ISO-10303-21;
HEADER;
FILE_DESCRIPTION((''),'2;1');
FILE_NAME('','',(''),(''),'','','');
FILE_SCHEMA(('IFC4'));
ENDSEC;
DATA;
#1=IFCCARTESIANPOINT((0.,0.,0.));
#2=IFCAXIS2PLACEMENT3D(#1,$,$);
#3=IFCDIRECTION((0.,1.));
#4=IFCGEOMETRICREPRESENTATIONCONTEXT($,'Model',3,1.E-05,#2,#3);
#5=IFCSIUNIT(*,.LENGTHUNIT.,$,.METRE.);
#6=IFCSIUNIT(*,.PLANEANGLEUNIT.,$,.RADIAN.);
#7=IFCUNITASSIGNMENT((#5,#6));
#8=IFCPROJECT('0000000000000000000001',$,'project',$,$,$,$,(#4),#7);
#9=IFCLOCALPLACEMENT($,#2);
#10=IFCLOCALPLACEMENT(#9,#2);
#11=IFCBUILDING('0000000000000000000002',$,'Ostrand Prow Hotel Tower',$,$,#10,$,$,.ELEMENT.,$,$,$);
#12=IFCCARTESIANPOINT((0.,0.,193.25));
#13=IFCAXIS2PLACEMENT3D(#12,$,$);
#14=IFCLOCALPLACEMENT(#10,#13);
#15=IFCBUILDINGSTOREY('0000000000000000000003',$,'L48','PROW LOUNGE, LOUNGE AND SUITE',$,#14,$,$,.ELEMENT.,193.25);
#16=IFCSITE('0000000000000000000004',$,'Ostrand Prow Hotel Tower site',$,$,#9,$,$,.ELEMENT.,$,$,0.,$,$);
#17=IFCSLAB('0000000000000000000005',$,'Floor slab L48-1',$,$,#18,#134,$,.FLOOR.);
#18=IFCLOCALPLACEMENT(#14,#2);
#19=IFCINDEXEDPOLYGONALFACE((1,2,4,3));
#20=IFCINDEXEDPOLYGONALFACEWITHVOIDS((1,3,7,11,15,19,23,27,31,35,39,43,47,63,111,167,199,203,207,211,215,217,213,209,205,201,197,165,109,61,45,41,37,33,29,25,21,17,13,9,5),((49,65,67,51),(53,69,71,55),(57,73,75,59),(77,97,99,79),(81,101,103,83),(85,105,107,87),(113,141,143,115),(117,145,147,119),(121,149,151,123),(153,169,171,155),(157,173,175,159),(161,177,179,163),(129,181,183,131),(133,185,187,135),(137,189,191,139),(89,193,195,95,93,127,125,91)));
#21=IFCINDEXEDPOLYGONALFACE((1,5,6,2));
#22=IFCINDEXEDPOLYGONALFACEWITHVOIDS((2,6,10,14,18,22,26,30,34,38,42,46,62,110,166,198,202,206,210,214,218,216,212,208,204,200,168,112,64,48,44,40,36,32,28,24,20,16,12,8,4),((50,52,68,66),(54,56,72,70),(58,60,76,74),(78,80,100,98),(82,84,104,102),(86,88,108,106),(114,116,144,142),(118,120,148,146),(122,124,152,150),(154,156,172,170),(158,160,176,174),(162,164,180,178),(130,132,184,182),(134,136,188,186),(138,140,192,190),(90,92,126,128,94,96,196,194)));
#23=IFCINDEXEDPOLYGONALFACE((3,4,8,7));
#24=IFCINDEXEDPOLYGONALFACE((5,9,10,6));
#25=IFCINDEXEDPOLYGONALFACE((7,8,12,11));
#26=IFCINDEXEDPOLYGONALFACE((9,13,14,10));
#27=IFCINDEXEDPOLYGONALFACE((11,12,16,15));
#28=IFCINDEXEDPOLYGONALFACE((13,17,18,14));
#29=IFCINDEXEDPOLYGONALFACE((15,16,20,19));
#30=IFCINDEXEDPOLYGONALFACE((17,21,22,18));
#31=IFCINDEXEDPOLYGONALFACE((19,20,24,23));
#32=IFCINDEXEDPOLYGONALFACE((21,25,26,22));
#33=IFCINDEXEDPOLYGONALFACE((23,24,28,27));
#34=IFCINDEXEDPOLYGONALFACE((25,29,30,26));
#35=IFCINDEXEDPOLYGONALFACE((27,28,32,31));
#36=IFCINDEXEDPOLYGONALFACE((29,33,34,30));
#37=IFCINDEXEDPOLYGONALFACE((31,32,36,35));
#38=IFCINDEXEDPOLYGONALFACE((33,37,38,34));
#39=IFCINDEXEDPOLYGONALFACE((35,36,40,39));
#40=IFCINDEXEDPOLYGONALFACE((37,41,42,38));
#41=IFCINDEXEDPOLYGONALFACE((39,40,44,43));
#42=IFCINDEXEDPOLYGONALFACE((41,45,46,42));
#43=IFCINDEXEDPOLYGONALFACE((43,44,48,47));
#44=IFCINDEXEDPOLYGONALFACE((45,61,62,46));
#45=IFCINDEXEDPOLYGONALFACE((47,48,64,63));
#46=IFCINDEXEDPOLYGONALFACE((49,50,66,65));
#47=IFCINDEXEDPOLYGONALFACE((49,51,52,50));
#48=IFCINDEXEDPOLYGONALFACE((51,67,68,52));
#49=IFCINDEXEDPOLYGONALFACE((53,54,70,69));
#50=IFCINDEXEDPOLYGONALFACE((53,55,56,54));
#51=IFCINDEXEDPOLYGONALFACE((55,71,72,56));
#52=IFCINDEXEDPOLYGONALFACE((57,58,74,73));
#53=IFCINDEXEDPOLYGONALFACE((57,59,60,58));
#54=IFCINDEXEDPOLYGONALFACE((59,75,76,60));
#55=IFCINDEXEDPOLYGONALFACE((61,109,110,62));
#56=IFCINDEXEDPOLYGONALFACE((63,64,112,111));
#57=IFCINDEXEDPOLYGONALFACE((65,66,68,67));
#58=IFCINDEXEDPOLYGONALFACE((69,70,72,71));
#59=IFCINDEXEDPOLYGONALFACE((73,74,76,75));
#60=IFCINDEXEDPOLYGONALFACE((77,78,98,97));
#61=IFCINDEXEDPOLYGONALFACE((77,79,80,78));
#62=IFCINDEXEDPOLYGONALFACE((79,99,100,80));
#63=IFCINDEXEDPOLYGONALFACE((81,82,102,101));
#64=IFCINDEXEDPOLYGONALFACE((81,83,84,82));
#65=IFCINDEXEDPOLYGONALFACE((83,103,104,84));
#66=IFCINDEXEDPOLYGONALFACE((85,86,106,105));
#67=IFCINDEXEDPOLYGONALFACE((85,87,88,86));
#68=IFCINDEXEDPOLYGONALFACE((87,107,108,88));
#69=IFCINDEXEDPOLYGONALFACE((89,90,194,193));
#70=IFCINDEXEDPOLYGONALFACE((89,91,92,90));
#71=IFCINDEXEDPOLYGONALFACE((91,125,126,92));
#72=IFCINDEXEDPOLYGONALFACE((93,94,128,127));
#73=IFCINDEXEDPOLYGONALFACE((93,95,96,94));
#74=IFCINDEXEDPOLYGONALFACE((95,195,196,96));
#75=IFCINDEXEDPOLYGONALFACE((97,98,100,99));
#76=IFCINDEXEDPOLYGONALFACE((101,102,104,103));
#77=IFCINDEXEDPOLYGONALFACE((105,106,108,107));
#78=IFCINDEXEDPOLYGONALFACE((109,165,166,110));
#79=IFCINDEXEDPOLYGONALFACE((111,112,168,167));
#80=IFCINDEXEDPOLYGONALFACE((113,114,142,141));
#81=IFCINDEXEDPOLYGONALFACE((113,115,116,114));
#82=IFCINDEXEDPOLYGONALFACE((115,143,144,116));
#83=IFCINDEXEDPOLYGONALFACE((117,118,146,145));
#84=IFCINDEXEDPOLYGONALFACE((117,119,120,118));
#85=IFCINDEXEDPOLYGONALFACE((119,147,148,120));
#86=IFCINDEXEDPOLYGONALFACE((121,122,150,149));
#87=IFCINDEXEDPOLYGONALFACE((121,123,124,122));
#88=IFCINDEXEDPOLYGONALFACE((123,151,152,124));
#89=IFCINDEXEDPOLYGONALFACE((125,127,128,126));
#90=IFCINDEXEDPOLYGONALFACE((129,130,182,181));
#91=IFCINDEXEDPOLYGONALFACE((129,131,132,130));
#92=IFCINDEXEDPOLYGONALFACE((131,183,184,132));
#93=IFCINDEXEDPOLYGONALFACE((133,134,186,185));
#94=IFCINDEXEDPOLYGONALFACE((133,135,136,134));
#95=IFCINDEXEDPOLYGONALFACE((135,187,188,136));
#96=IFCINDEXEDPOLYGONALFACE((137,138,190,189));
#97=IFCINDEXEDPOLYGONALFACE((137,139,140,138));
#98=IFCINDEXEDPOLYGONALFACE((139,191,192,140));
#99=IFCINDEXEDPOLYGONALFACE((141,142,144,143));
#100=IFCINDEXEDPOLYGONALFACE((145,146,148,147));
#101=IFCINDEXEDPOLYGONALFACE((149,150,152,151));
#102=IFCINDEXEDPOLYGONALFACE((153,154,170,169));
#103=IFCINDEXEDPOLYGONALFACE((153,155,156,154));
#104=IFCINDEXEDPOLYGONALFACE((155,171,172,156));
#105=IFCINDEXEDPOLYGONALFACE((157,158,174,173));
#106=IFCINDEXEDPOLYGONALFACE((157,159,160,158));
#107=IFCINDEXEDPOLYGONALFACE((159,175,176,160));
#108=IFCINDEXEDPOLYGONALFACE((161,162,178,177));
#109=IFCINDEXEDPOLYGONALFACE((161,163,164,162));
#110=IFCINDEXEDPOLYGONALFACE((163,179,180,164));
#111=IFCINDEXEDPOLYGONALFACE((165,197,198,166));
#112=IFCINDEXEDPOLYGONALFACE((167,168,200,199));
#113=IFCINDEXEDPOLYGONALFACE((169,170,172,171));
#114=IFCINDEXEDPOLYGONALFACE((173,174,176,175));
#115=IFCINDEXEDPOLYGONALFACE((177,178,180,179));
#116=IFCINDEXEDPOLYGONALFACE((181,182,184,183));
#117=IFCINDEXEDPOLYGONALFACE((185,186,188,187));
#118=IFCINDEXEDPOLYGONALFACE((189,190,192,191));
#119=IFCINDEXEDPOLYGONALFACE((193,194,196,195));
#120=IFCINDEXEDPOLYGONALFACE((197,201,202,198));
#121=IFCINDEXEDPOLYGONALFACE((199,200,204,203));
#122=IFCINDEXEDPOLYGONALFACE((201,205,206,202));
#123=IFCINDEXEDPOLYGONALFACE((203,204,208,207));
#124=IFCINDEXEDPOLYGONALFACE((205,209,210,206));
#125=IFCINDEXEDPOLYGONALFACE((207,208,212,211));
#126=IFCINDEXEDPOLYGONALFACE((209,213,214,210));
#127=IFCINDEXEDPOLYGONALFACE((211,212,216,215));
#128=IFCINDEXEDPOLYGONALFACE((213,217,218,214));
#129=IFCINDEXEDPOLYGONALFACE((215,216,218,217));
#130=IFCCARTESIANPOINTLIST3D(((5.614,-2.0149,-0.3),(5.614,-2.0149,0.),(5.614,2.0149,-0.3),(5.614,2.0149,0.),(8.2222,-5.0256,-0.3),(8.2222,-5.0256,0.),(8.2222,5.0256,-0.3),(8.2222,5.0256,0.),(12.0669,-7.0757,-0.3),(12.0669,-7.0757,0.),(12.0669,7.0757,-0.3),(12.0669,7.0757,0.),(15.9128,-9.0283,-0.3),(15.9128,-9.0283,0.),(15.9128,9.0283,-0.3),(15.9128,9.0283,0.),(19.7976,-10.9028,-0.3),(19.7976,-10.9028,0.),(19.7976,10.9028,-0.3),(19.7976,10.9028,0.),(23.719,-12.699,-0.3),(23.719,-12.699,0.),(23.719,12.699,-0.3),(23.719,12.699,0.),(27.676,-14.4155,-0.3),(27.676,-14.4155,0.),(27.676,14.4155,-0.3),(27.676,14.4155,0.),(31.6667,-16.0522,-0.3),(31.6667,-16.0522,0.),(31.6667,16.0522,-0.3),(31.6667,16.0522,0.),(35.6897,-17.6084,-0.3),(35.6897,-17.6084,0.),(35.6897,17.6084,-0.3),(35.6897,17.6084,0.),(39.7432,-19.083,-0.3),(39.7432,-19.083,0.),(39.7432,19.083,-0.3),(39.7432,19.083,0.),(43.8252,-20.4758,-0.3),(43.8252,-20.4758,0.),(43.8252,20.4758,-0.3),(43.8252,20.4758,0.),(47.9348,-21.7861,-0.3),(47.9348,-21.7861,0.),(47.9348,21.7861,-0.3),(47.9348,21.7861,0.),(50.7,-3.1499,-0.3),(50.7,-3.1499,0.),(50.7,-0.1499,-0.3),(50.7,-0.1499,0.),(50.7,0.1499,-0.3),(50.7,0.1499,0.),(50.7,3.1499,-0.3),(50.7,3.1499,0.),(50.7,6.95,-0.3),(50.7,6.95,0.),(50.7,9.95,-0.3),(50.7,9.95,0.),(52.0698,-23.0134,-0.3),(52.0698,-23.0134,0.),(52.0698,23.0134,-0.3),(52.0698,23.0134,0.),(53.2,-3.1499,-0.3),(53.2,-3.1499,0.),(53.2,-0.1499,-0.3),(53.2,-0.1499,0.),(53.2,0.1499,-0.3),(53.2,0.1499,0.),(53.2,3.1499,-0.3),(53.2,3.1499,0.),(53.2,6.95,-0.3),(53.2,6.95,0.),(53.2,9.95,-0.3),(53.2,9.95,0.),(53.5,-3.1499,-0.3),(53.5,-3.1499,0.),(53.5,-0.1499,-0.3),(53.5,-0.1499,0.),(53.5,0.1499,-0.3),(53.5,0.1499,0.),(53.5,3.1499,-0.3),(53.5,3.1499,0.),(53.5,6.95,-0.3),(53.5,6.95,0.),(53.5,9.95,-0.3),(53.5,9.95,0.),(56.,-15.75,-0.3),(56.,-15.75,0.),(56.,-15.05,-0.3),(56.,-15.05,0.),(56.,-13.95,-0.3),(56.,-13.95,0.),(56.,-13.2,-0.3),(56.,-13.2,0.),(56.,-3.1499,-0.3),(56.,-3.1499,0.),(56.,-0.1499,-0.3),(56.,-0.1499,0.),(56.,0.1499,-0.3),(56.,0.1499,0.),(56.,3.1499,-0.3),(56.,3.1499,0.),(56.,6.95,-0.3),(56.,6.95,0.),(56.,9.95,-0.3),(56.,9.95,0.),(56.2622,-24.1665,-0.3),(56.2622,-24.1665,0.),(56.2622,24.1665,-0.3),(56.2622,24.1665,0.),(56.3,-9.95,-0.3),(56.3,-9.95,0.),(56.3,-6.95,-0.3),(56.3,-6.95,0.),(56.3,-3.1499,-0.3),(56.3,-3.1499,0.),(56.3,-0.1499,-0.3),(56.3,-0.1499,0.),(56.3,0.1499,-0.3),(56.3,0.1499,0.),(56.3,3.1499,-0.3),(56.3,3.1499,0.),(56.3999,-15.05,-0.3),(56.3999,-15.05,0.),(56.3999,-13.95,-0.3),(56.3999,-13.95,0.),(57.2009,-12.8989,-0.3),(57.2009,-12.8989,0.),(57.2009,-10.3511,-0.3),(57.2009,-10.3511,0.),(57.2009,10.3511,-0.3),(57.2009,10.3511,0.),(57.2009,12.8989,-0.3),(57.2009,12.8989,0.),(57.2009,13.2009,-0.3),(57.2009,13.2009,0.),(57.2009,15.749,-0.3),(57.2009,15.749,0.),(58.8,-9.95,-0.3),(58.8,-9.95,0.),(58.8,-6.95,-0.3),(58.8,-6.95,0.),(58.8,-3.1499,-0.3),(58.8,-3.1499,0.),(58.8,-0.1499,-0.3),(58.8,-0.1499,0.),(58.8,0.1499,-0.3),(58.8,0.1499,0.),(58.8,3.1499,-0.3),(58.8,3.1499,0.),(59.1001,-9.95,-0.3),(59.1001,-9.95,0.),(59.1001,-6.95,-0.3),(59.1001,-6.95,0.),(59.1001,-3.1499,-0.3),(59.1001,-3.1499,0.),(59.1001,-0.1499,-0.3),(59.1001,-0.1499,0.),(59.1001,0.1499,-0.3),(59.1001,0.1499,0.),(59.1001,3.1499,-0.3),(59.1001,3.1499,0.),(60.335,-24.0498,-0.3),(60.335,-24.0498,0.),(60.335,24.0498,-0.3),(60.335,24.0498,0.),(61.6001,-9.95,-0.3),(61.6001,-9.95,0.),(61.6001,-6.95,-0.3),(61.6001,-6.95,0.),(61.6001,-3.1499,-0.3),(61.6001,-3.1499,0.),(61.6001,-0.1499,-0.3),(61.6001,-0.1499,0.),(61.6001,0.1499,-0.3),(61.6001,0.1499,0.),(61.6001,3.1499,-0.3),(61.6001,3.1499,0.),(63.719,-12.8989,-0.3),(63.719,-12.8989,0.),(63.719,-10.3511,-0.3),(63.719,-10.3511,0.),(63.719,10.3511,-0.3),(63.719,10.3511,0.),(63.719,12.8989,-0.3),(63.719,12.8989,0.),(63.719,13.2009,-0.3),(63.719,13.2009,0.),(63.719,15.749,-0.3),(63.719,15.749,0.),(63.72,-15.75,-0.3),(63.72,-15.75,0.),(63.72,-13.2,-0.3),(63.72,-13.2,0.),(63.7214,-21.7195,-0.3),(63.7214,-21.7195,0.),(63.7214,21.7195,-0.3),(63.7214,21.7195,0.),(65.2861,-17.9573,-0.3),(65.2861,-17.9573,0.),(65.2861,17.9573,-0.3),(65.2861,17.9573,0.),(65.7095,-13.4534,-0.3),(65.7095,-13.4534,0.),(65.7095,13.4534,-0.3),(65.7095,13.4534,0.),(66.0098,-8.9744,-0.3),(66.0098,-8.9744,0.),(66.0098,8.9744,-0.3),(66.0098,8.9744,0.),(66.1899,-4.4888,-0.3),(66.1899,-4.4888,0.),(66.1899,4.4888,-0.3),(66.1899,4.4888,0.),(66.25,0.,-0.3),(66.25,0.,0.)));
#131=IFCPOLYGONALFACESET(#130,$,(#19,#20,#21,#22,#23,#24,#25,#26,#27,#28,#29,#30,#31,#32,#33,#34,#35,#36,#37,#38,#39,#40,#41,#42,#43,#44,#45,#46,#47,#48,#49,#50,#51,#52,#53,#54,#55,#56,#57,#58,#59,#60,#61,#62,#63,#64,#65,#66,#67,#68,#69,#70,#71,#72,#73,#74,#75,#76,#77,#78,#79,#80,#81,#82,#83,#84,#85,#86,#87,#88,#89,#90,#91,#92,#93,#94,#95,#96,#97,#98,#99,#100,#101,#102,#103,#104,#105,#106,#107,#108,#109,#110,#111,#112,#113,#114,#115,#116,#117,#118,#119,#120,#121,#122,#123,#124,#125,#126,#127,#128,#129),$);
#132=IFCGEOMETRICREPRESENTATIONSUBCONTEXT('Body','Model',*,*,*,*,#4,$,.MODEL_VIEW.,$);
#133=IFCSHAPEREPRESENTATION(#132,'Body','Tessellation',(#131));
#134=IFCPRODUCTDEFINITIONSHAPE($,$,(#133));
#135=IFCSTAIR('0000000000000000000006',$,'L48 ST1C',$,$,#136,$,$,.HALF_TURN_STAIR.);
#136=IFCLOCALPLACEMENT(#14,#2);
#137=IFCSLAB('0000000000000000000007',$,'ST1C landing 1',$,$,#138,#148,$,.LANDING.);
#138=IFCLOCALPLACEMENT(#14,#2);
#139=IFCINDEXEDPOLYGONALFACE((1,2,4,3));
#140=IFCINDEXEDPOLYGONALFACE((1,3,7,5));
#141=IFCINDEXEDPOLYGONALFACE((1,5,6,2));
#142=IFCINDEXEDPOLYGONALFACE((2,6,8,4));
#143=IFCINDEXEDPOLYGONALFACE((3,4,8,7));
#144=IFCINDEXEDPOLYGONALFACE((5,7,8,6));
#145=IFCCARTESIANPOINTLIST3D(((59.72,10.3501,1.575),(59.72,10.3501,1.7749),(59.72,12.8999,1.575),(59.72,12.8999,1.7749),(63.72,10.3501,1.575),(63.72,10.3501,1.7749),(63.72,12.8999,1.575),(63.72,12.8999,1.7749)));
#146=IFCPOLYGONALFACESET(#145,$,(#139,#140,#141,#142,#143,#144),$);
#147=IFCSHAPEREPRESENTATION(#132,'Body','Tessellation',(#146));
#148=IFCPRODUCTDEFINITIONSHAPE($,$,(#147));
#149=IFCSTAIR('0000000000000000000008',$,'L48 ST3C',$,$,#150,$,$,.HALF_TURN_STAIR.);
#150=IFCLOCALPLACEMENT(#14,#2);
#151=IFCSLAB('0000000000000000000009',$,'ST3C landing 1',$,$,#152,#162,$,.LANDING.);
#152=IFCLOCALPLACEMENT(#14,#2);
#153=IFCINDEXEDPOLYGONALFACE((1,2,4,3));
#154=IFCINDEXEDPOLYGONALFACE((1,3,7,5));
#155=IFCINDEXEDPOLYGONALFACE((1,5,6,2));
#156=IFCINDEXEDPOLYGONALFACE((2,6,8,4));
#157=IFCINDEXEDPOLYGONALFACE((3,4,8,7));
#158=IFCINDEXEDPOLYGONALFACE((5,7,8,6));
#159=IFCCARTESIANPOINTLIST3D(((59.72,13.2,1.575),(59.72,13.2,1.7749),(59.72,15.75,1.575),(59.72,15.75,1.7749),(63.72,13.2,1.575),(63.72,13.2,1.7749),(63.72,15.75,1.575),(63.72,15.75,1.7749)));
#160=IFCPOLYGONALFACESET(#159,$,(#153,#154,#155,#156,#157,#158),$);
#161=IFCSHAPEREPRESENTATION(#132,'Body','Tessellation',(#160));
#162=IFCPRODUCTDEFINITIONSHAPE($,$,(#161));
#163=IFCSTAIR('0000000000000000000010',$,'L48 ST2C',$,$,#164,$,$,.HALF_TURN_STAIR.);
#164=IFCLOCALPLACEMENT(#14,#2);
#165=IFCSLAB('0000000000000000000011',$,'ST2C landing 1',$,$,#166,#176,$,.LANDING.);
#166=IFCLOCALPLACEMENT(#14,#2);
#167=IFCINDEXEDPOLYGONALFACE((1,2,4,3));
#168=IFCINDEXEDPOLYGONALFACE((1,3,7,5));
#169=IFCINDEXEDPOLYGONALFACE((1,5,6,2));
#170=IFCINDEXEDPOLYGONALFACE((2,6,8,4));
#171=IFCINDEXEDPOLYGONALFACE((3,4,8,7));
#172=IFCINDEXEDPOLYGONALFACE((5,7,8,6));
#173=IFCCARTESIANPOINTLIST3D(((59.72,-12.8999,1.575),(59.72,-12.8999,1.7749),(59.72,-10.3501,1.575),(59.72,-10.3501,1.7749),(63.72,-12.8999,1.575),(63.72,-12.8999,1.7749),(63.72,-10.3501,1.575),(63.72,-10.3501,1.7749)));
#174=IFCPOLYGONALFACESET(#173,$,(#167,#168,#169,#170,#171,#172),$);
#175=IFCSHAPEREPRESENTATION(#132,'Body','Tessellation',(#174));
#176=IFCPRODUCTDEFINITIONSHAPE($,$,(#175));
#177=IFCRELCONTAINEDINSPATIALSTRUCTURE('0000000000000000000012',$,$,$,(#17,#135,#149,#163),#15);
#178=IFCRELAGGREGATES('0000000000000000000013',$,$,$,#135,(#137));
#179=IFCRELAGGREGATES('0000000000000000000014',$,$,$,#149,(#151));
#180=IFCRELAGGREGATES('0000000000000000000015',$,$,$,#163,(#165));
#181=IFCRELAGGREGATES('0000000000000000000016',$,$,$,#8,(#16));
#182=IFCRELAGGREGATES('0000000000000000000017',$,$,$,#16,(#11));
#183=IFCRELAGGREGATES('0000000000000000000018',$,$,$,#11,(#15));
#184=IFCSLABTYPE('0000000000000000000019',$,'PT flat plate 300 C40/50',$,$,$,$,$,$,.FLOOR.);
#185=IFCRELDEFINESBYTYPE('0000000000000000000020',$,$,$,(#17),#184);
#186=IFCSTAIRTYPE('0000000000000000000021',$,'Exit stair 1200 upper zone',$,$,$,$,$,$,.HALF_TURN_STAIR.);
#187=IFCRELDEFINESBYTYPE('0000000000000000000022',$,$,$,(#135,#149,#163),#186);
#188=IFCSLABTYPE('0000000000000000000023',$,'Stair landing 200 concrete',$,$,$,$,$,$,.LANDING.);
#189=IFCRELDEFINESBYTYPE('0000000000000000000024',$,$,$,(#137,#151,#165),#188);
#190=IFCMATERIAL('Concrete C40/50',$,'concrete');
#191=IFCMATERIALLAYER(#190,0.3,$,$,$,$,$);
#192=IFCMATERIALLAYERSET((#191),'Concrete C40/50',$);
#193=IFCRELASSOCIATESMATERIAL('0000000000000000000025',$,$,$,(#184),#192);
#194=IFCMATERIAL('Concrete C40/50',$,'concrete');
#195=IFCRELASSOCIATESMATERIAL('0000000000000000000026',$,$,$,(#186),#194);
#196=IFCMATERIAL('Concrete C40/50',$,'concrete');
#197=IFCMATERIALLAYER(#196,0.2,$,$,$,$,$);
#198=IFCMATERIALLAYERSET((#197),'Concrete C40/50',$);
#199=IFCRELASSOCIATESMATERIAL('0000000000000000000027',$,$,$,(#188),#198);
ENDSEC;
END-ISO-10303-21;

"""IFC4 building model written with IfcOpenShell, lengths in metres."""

from ifc_helpers import new_model, si_unit, direction, frame, origin, place, context, subcontext, project, spatial, polyline, outline, extrude, material, layer, layer_set, type_object, element, aggregate, save


model = new_model("IFC4")

# Units and contexts
model_context = context("Model", 3, precision=1e-05, world=origin(), true_north=direction((0.0, 1.0)))
body_context = subcontext(model_context, "Body", "Model", "MODEL_VIEW")
ifc_project = project(units=[si_unit("LENGTHUNIT", "METRE"), si_unit("PLANEANGLEUNIT", "RADIAN")], contexts=[model_context])

# Site, building, storey
site_placement = place(None, origin())
site = spatial("IfcSite", under=ifc_project, at=site_placement, Name="Ostrand Prow Hotel Tower site", CompositionType="ELEMENT", RefElevation=0.0)
building_placement = place(site_placement, origin())
building = spatial("IfcBuilding", under=site, at=building_placement, Name="Ostrand Prow Hotel Tower", CompositionType="ELEMENT")
storey_placement = place(building_placement, frame((0.0, 0.0, 193.25)))
storey = spatial("IfcBuildingStorey", under=building, at=storey_placement, Name="L48", Description="PROW LOUNGE, LOUNGE AND SUITE", CompositionType="ELEMENT", Elevation=193.25)

# Slab, opening
ifc_material_1 = material(Name="Concrete C40/50", Category="concrete")
ifc_layer_1 = layer(ifc_material_1, 0.3)
ifc_layer_set_1 = layer_set([ifc_layer_1], Name="Concrete C40/50")
slab_type_1 = type_object("IfcSlabType", Name="PT flat plate 300 C40/50", PredefinedType="FLOOR", material=ifc_layer_set_1)
slab_1_placement = place(storey_placement, frame((0.0, 0.0, -0.3)))
slab_1 = element("IfcSlab", 1, at=slab_1_placement, inside=storey, type_object=slab_type_1, Name="Floor slab L48-1", PredefinedType="FLOOR", context=body_context, shape_type="SweptSolid", body=[
    extrude(outline(polyline([(8.2222, 5.0256), (12.0669, 7.0757), (15.9128, 9.0283), (19.7976, 10.9028), (23.719, 12.699), (27.676, 14.4155), (31.6667, 16.0522), (35.6897, 17.6084), (39.7432, 19.083), (43.8252, 20.4758), (47.9348, 21.7861), (52.0698, 23.0134), (56.2622, 24.1665), (60.335, 24.0498), (63.7214, 21.7195), (65.2861, 17.9573), (65.7095, 13.4534), (66.0098, 8.9744), (66.1899, 4.4888), (66.25, 0.0), (66.1899, -4.4888), (66.0098, -8.9744), (65.7095, -13.4534), (65.2861, -17.9573), (63.7214, -21.7195), (60.335, -24.0498), (56.2622, -24.1665), (52.0698, -23.0134), (47.9348, -21.7861), (43.8252, -20.4758), (39.7432, -19.083), (35.6897, -17.6084), (31.6667, -16.0522), (27.676, -14.4155), (23.719, -12.699), (19.7976, -10.9028), (15.9128, -9.0283), (12.0669, -7.0757), (8.2222, -5.0256), (5.614, -2.0149), (5.614, 2.0149), (8.2222, 5.0256)]), holes=[polyline([(50.7, 6.95), (53.2, 6.95), (53.2, 9.95), (50.7, 9.95), (50.7, 6.95)]), polyline([(53.5, 6.95), (56.0, 6.95), (56.0, 9.95), (53.5, 9.95), (53.5, 6.95)]), polyline([(50.7, 0.1499), (53.2, 0.1499), (53.2, 3.1499), (50.7, 3.1499), (50.7, 0.1499)]), polyline([(53.5, 0.1499), (56.0, 0.1499), (56.0, 3.1499), (53.5, 3.1499), (53.5, 0.1499)]), polyline([(56.3, 0.1499), (58.8, 0.1499), (58.8, 3.1499), (56.3, 3.1499), (56.3, 0.1499)]), polyline([(59.1001, 0.1499), (61.6001, 0.1499), (61.6001, 3.1499), (59.1001, 3.1499), (59.1001, 0.1499)]), polyline([(50.7, -3.1499), (53.2, -3.1499), (53.2, -0.1499), (50.7, -0.1499), (50.7, -3.1499)]), polyline([(53.5, -3.1499), (56.0, -3.1499), (56.0, -0.1499), (53.5, -0.1499), (53.5, -3.1499)]), polyline([(56.3, -3.1499), (58.8, -3.1499), (58.8, -0.1499), (56.3, -0.1499), (56.3, -3.1499)]), polyline([(59.1001, -3.1499), (61.6001, -3.1499), (61.6001, -0.1499), (59.1001, -0.1499), (59.1001, -3.1499)]), polyline([(56.3, -9.95), (58.8, -9.95), (58.8, -6.95), (56.3, -6.95), (56.3, -9.95)]), polyline([(59.1001, -9.95), (61.6001, -9.95), (61.6001, -6.95), (59.1001, -6.95), (59.1001, -9.95)]), polyline([(57.2009, 10.3511), (57.2009, 12.8989), (63.719, 12.8989), (63.719, 10.3511), (57.2009, 10.3511)]), polyline([(57.2009, 13.2009), (57.2009, 15.749), (63.719, 15.749), (63.719, 13.2009), (57.2009, 13.2009)]), polyline([(57.2009, -12.8989), (57.2009, -10.3511), (63.719, -10.3511), (63.719, -12.8989), (57.2009, -12.8989)]), polyline([(63.72, -13.2), (63.72, -15.75), (56.0, -15.75), (56.0, -15.05), (56.3999, -15.05), (56.3999, -13.95), (56.0, -13.95), (56.0, -13.2), (63.72, -13.2)])]), origin(), (0.0, 0.0, 1.0), 0.3),
])
opening_1_placement = place(slab_1_placement, origin())
element("IfcOpeningElement", 2, at=opening_1_placement, cuts=slab_1, PredefinedType="OPENING", context=body_context, shape_type="SweptSolid", body=[
    extrude(outline(polyline([(63.72, -13.2), (63.72, -15.75), (56.0, -15.75), (56.0, -15.05), (56.3999, -15.05), (56.3999, -13.95), (56.0, -13.95), (56.0, -13.2), (63.72, -13.2)])), origin(), (0.0, 0.0, 1.0), 0.3),
])

# Stairs, slabs
ifc_material_2 = material(Name="Concrete C40/50", Category="concrete")
stair_type = type_object("IfcStairType", Name="Exit stair 1200 upper zone", PredefinedType="HALF_TURN_STAIR", material=ifc_material_2)
stair_1_placement = place(storey_placement, origin())
stair_1 = element("IfcStair", 3, at=stair_1_placement, inside=storey, type_object=stair_type, Name="L48 ST1C", PredefinedType="HALF_TURN_STAIR")
ifc_material_3 = material(Name="Concrete C40/50", Category="concrete")
ifc_layer_2 = layer(ifc_material_3, 0.2)
ifc_layer_set_2 = layer_set([ifc_layer_2], Name="Concrete C40/50")
slab_type_2 = type_object("IfcSlabType", Name="Stair landing 200 concrete", PredefinedType="LANDING", material=ifc_layer_set_2)
slab_2_placement = place(storey_placement, frame((0.0, 0.0, 1.575)))
slab_2 = element("IfcSlab", 4, at=slab_2_placement, type_object=slab_type_2, Name="ST1C landing 1", PredefinedType="LANDING", context=body_context, shape_type="SweptSolid", body=[
    extrude(outline(polyline([(59.72, 10.3501), (63.72, 10.3501), (63.72, 12.8999), (59.72, 12.8999), (59.72, 10.3501)])), origin(), (0.0, 0.0, 1.0), 0.2),
])
aggregate(stair_1, [slab_2])
stair_2_placement = place(storey_placement, origin())
stair_2 = element("IfcStair", 5, at=stair_2_placement, inside=storey, type_object=stair_type, Name="L48 ST3C", PredefinedType="HALF_TURN_STAIR")
slab_3_placement = place(storey_placement, frame((0.0, 0.0, 1.575)))
slab_3 = element("IfcSlab", 6, at=slab_3_placement, type_object=slab_type_2, Name="ST3C landing 1", PredefinedType="LANDING", context=body_context, shape_type="SweptSolid", body=[
    extrude(outline(polyline([(59.72, 13.2), (63.72, 13.2), (63.72, 15.75), (59.72, 15.75), (59.72, 13.2)])), origin(), (0.0, 0.0, 1.0), 0.2),
])
aggregate(stair_2, [slab_3])
stair_3_placement = place(storey_placement, origin())
stair_3 = element("IfcStair", 7, at=stair_3_placement, inside=storey, type_object=stair_type, Name="L48 ST2C", PredefinedType="HALF_TURN_STAIR")
slab_4_placement = place(storey_placement, frame((0.0, 0.0, 1.575)))
slab_4 = element("IfcSlab", 8, at=slab_4_placement, type_object=slab_type_2, Name="ST2C landing 1", PredefinedType="LANDING", context=body_context, shape_type="SweptSolid", body=[
    extrude(outline(polyline([(59.72, -12.8999), (63.72, -12.8999), (63.72, -10.3501), (59.72, -10.3501), (59.72, -12.8999)])), origin(), (0.0, 0.0, 1.0), 0.2),
])
aggregate(stair_3, [slab_4])

save(model, "model.ifc")
